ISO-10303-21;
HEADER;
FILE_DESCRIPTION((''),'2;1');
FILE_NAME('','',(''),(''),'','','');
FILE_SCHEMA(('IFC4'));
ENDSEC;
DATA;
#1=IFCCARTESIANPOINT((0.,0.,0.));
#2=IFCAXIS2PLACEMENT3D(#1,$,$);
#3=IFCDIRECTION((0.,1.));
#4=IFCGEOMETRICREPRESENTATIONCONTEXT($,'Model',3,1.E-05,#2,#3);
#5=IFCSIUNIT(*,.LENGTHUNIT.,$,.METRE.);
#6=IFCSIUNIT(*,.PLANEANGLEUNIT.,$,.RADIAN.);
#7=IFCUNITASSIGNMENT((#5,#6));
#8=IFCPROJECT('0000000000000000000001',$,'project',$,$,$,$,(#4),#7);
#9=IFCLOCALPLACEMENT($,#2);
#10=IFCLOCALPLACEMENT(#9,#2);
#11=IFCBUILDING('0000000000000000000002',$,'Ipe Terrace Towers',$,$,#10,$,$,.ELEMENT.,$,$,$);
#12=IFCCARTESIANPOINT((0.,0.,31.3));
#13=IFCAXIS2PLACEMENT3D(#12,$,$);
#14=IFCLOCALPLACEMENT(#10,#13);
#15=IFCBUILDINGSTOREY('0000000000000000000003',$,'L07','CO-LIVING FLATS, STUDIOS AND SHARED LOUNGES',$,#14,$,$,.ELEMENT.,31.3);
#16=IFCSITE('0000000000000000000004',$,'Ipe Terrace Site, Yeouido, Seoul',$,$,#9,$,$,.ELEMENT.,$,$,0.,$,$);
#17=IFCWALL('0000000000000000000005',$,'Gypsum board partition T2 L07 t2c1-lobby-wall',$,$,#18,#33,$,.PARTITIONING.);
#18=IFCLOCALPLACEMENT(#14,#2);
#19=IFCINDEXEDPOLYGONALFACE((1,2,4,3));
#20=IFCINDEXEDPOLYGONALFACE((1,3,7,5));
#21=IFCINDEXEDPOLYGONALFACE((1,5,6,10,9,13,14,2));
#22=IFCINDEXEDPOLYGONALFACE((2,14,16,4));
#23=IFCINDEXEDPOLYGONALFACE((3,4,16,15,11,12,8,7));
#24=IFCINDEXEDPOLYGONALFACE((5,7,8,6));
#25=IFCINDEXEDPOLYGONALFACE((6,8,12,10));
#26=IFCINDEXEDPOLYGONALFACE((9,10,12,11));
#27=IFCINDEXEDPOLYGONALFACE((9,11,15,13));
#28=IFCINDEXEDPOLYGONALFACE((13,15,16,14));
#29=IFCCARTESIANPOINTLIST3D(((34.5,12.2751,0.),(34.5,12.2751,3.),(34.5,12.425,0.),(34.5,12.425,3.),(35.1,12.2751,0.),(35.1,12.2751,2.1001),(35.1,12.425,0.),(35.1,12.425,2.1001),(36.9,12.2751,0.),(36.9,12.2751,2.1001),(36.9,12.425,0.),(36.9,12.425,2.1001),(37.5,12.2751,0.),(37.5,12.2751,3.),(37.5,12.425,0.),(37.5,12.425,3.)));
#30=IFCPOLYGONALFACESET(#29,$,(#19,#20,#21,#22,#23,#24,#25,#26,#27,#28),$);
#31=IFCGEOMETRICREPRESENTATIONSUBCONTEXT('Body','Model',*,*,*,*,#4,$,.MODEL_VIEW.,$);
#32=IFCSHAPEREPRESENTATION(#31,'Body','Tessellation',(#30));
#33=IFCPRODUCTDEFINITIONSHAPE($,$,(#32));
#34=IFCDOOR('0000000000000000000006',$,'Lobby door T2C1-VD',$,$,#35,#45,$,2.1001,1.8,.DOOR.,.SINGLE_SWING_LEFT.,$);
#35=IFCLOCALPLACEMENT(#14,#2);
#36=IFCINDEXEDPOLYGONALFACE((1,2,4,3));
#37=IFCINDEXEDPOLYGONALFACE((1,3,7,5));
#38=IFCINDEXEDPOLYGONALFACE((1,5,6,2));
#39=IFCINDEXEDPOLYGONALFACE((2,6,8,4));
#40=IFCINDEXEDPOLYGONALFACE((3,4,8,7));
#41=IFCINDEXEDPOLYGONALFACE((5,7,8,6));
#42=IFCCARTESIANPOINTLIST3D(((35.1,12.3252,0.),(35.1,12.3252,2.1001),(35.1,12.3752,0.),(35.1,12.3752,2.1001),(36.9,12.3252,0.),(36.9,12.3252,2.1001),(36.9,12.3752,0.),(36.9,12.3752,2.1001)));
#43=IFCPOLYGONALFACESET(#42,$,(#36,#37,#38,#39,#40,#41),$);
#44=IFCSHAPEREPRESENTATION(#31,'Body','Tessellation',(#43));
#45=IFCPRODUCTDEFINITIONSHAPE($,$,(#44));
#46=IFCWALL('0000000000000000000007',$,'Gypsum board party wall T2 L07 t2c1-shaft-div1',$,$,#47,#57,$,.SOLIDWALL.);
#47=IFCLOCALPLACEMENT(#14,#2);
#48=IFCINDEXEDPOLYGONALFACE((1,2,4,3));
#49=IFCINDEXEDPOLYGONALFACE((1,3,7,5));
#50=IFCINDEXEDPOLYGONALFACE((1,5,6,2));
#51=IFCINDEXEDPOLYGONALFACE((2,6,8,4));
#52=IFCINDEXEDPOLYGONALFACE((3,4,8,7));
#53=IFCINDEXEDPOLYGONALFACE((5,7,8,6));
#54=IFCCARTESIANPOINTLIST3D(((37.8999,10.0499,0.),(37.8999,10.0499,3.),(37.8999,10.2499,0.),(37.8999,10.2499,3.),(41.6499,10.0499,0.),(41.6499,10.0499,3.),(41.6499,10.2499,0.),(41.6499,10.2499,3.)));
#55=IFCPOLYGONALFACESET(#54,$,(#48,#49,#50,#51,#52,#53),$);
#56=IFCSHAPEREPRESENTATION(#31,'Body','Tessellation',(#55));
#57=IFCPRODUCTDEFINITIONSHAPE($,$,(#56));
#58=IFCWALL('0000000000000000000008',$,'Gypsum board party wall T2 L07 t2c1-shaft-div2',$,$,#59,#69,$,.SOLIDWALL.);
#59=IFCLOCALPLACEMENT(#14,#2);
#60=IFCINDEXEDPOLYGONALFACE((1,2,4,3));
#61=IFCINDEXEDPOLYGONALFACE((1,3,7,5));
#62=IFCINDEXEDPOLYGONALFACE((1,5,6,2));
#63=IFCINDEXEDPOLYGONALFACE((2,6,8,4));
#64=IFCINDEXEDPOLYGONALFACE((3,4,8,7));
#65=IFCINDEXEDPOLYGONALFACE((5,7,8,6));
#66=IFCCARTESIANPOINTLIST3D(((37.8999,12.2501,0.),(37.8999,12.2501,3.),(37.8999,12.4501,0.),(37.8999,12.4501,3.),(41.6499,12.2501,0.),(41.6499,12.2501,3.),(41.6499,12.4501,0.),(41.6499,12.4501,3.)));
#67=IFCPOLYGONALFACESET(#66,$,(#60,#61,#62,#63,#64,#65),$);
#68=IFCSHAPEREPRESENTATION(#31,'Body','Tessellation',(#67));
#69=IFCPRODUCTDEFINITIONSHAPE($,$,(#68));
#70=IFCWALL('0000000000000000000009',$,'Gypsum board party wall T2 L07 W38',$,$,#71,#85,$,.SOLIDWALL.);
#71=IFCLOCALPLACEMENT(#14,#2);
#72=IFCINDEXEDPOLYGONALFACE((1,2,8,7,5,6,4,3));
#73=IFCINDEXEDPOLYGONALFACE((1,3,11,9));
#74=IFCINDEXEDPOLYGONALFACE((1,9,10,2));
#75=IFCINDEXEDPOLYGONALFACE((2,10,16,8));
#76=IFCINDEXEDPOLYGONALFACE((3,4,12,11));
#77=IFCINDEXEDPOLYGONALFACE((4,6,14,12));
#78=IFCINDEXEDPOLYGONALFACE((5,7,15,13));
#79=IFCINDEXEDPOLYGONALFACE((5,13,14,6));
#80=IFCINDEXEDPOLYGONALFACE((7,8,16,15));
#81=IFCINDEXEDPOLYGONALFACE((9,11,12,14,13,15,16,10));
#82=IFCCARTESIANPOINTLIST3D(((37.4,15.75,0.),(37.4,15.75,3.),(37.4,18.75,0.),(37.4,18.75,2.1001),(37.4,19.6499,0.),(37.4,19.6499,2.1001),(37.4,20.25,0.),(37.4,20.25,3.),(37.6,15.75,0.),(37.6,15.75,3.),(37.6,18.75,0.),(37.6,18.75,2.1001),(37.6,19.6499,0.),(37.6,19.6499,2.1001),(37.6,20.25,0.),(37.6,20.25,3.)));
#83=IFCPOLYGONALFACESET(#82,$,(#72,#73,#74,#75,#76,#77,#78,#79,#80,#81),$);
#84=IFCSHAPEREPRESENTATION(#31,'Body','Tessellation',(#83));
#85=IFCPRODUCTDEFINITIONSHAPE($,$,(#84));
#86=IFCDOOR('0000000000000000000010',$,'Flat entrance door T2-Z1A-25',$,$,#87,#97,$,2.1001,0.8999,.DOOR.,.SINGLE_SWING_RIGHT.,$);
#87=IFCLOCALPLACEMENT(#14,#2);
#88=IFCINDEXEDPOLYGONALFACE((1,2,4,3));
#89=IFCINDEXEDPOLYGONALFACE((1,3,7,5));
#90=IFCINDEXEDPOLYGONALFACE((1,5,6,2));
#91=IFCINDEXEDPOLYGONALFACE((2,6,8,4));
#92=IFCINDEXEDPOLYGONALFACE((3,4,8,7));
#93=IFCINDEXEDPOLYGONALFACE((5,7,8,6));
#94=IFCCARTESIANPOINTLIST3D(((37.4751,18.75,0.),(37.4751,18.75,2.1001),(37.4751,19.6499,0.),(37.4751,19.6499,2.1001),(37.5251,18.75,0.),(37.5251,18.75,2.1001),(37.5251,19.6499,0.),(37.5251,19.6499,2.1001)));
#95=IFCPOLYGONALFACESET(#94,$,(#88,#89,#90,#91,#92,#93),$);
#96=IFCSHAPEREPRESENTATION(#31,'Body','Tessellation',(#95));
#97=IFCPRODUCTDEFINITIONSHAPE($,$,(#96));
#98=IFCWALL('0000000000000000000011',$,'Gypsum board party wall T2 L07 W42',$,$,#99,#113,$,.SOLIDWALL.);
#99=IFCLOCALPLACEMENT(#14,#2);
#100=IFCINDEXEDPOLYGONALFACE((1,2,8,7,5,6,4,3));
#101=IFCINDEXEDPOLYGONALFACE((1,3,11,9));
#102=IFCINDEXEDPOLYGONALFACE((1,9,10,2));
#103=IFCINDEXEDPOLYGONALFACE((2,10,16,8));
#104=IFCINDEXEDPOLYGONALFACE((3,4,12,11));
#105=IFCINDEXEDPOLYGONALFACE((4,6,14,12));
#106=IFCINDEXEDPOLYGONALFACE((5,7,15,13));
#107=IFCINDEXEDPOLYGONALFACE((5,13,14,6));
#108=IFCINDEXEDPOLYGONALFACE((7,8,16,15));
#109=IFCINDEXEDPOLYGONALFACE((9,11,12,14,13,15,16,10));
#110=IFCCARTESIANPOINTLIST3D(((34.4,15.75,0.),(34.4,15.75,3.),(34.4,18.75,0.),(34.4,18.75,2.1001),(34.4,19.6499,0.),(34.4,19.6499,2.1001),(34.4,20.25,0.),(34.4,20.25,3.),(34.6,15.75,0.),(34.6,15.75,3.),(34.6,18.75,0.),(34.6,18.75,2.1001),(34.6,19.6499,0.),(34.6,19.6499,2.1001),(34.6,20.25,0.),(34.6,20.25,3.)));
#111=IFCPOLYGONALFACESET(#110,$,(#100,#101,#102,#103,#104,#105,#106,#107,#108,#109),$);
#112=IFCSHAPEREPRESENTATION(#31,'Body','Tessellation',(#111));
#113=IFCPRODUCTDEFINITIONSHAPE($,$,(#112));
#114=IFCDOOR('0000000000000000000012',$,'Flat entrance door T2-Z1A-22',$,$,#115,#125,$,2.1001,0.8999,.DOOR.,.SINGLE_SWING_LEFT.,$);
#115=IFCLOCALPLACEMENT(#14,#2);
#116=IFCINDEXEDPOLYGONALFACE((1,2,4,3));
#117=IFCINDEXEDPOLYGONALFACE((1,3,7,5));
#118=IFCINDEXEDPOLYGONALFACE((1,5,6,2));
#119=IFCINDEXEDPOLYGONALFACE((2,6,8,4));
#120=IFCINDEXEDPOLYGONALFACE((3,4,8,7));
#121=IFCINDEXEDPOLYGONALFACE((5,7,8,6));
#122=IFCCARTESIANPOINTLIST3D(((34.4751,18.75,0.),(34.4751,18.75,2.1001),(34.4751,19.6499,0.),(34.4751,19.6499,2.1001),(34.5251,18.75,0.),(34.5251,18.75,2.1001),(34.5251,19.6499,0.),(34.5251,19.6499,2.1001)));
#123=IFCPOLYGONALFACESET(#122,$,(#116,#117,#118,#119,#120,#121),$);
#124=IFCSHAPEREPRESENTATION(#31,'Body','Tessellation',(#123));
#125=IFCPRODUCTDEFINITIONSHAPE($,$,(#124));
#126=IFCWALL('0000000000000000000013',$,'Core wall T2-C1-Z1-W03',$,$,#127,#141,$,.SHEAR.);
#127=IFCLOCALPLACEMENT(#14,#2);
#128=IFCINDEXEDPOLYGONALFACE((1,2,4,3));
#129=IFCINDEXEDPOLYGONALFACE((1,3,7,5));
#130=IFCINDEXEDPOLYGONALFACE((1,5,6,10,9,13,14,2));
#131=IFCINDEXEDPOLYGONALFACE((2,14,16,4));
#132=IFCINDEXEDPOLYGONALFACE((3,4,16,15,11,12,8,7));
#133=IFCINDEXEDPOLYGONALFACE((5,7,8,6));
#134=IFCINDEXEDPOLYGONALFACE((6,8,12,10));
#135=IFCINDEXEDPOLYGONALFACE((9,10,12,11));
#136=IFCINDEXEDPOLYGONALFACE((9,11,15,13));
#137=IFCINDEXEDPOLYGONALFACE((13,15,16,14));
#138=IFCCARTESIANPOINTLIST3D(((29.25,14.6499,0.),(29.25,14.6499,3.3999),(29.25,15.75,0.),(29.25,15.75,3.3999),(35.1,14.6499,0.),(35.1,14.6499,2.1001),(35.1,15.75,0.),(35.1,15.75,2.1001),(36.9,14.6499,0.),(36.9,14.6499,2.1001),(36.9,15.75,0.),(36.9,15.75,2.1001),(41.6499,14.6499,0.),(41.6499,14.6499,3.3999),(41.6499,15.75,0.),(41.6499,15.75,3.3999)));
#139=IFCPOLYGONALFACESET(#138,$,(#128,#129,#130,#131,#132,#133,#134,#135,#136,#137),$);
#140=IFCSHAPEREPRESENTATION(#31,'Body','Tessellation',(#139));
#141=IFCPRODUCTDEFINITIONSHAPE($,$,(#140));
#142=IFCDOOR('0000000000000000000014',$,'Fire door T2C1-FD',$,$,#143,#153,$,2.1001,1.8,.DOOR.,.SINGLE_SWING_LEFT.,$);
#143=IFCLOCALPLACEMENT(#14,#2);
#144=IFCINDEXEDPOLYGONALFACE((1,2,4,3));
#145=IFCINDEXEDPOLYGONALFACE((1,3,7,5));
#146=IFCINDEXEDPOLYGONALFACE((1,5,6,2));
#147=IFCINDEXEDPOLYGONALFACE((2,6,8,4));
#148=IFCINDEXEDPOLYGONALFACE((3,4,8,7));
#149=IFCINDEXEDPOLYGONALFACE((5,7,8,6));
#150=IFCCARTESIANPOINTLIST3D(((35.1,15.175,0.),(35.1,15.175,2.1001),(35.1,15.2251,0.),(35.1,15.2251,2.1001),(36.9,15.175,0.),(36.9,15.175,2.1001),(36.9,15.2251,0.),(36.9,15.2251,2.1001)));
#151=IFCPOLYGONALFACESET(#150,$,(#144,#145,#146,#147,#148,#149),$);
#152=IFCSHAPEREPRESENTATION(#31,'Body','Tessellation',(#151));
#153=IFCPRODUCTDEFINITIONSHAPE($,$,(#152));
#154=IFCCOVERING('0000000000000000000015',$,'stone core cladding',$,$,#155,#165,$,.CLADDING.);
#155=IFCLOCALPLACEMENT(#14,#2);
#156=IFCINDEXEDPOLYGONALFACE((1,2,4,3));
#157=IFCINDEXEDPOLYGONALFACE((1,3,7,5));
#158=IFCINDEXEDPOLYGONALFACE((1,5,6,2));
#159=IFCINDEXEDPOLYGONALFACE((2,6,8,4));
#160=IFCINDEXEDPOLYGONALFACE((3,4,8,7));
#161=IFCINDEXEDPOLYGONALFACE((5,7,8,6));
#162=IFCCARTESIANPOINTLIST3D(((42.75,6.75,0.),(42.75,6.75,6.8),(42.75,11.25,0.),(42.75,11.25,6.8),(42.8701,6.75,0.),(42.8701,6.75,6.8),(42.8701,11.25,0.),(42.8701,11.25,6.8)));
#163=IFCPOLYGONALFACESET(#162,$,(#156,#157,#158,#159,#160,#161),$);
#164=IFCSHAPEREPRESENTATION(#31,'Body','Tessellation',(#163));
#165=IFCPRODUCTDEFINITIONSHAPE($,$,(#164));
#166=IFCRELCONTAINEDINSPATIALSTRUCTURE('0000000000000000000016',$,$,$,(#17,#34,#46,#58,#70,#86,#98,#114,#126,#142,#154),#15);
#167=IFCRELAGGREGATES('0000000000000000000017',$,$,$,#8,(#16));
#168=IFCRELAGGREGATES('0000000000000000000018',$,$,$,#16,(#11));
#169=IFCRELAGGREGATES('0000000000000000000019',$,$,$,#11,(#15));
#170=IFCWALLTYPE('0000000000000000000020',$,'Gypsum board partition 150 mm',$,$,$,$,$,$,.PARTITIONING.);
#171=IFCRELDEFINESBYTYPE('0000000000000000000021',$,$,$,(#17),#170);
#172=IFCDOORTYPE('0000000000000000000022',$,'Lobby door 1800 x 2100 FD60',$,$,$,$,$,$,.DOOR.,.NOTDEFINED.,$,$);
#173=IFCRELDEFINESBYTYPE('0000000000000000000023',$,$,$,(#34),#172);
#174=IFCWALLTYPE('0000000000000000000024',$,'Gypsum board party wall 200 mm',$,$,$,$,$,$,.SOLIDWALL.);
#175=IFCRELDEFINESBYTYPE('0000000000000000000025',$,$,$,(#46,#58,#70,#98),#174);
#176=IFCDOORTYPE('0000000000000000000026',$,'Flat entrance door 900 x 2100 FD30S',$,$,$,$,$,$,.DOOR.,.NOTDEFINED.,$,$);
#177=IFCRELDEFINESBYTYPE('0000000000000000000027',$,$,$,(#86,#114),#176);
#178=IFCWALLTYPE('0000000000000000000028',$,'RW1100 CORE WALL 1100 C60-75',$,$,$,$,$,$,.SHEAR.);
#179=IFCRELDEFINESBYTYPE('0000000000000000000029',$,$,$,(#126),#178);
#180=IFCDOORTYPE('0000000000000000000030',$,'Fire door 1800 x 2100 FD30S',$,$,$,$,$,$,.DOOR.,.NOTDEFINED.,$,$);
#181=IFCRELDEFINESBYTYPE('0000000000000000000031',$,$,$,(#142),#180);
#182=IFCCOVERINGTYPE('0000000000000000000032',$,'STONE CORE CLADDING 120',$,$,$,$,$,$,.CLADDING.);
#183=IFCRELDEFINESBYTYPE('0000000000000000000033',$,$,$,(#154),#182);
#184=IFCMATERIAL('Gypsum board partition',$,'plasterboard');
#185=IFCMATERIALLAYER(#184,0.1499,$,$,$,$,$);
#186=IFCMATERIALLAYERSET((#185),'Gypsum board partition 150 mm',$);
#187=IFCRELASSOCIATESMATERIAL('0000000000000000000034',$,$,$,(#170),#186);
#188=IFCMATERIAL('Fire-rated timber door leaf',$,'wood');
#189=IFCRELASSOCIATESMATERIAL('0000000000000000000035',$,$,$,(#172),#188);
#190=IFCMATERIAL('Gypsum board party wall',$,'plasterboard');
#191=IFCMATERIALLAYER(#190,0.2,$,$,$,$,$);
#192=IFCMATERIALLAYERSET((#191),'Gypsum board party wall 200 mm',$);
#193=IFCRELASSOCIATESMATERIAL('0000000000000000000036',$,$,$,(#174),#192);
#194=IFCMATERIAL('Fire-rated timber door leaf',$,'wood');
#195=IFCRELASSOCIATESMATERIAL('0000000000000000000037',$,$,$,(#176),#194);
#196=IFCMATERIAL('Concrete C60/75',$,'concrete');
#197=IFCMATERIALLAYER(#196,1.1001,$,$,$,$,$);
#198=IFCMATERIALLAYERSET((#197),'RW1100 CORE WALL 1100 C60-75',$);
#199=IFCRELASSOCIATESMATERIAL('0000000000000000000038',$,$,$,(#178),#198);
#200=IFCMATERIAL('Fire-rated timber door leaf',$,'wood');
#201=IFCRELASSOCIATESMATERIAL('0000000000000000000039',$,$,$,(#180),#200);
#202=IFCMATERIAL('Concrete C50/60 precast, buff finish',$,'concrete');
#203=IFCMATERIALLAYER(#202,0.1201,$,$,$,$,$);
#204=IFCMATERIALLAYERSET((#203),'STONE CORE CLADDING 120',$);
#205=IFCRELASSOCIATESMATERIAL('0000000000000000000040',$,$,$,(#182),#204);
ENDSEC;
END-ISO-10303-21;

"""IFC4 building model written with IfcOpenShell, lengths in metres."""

from ifc_helpers import new_model, si_unit, direction, frame, frame_2d, origin, origin_2d, place, context, subcontext, project, spatial, rectangle, extrude, material, layer, layer_set, type_object, element, fill, save


model = new_model("IFC4")

# Units and contexts
model_context = context("Model", 3, precision=1e-05, world=origin(), true_north=direction((0.0, 1.0)))
body_context = subcontext(model_context, "Body", "Model", "MODEL_VIEW")
ifc_project = project(units=[si_unit("LENGTHUNIT", "METRE"), si_unit("PLANEANGLEUNIT", "RADIAN")], contexts=[model_context])

# Site, building, storey
site_placement = place(None, origin())
site = spatial("IfcSite", under=ifc_project, at=site_placement, Name="Ipe Terrace Site, Yeouido, Seoul", CompositionType="ELEMENT", RefElevation=0.0)
building_placement = place(site_placement, origin())
building = spatial("IfcBuilding", under=site, at=building_placement, Name="Ipe Terrace Towers", CompositionType="ELEMENT")
storey_placement = place(building_placement, frame((0.0, 0.0, 31.3)))
storey = spatial("IfcBuildingStorey", under=building, at=storey_placement, Name="L07", Description="CO-LIVING FLATS, STUDIOS AND SHARED LOUNGES", CompositionType="ELEMENT", Elevation=31.3)

# Wall, opening, door
ifc_material_1 = material(Name="Gypsum board partition", Category="plasterboard")
ifc_layer_1 = layer(ifc_material_1, 0.1499)
ifc_layer_set_1 = layer_set([ifc_layer_1], Name="Gypsum board partition 150 mm")
wall_type_1 = type_object("IfcWallType", Name="Gypsum board partition 150 mm", PredefinedType="PARTITIONING", material=ifc_layer_set_1)
wall_1_placement = place(storey_placement, frame((37.5, 12.3501, 0.0), z_axis=(0.0, 0.0, 1.0), x_axis=(-1.0, 0.0, 0.0)))
wall_1 = element("IfcWall", 1, at=wall_1_placement, inside=storey, type_object=wall_type_1, Name="Gypsum board partition T2 L07 t2c1-lobby-wall", PredefinedType="PARTITIONING", context=body_context, shape_type="SweptSolid", body=[
    extrude(rectangle(XDim=3.0, YDim=0.1499, at=frame_2d((1.5, 0.0))), origin(), (0.0, 0.0, 1.0), 3.0),
])
opening_1_placement = place(wall_1_placement, frame((0.6001, 0.0, 0.0)))
opening_1 = element("IfcOpeningElement", 2, at=opening_1_placement, cuts=wall_1, PredefinedType="OPENING", context=body_context, shape_type="SweptSolid", body=[
    extrude(rectangle(XDim=1.8, YDim=2.1001, at=frame_2d((0.8999, 1.05))), frame((0.0, 0.085, 0.0), z_axis=(0.0, -1.0, 0.0), x_axis=(1.0, 0.0, 0.0)), (0.0, 0.0, 1.0), 0.1699),
])
ifc_material_2 = material(Name="Fire-rated timber door leaf", Category="wood")
door_type_1 = type_object("IfcDoorType", Name="Lobby door 1800 x 2100 FD60", OperationType="NOTDEFINED", PredefinedType="DOOR", material=ifc_material_2)
door_1_placement = place(opening_1_placement, origin())
door_1 = element("IfcDoor", 3, at=door_1_placement, inside=storey, type_object=door_type_1, Name="Lobby door T2C1-VD", OperationType="SINGLE_SWING_LEFT", OverallHeight=2.1001, OverallWidth=1.8, PredefinedType="DOOR", context=body_context, shape_type="SweptSolid", body=[
    extrude(rectangle(XDim=1.8, YDim=2.1001, at=frame_2d((0.8999, 1.05))), frame((0.0, 0.0249, 0.0), z_axis=(0.0, -1.0, 0.0), x_axis=(1.0, 0.0, 0.0)), (0.0, 0.0, 1.0), 0.05),
])
fill(opening_1, door_1)

# Walls
ifc_material_3 = material(Name="Gypsum board party wall", Category="plasterboard")
ifc_layer_2 = layer(ifc_material_3, 0.2)
ifc_layer_set_2 = layer_set([ifc_layer_2], Name="Gypsum board party wall 200 mm")
wall_type_2 = type_object("IfcWallType", Name="Gypsum board party wall 200 mm", PredefinedType="SOLIDWALL", material=ifc_layer_set_2)
for number, where, z_axis, x_axis, name in (
    (4, (41.6499, 10.1499, 0.0), (0.0, 0.0, 1.0), (-1.0, 0.0, 0.0), "Gypsum board party wall T2 L07 t2c1-shaft-div1"),
    (5, (41.6499, 12.3501, 0.0), (0.0, 0.0, 1.0), (-1.0, 0.0, 0.0), "Gypsum board party wall T2 L07 t2c1-shaft-div2"),
):
    element("IfcWall", number, at=place(storey_placement, frame(where, z_axis=z_axis, x_axis=x_axis)), inside=storey, type_object=wall_type_2, Name=name, PredefinedType="SOLIDWALL", context=body_context, shape_type="SweptSolid", body=[
        extrude(rectangle(XDim=3.75, YDim=0.2, at=frame_2d((1.875, 0.0))), origin(), (0.0, 0.0, 1.0), 3.0),
    ])

# Walls, openings, doors
wall_2_placement = place(storey_placement, frame((37.5, 15.75, 0.0), z_axis=(0.0, 0.0, 1.0), x_axis=(0.0, 1.0, 0.0)))
wall_2 = element("IfcWall", 6, at=wall_2_placement, inside=storey, type_object=wall_type_2, Name="Gypsum board party wall T2 L07 W38", PredefinedType="SOLIDWALL", context=body_context, shape_type="SweptSolid", body=[
    extrude(rectangle(XDim=4.5, YDim=0.2, at=frame_2d((2.25, 0.0))), origin(), (0.0, 0.0, 1.0), 3.0),
])
opening_2_placement = place(wall_2_placement, frame((3.0, 0.0, 0.0)))
opening_2 = element("IfcOpeningElement", 7, at=opening_2_placement, cuts=wall_2, PredefinedType="OPENING", context=body_context, shape_type="SweptSolid", body=[
    extrude(rectangle(XDim=0.8999, YDim=2.1001, at=frame_2d((0.45, 1.05))), frame((0.0, 0.1099, 0.0), z_axis=(0.0, -1.0, 0.0), x_axis=(1.0, 0.0, 0.0)), (0.0, 0.0, 1.0), 0.22),
])
ifc_material_4 = material(Name="Fire-rated timber door leaf", Category="wood")
door_type_2 = type_object("IfcDoorType", Name="Flat entrance door 900 x 2100 FD30S", OperationType="NOTDEFINED", PredefinedType="DOOR", material=ifc_material_4)
door_2_placement = place(opening_2_placement, origin())
door_2 = element("IfcDoor", 8, at=door_2_placement, inside=storey, type_object=door_type_2, Name="Flat entrance door T2-Z1A-25", OperationType="SINGLE_SWING_RIGHT", OverallHeight=2.1001, OverallWidth=0.8999, PredefinedType="DOOR", context=body_context, shape_type="SweptSolid", body=[
    extrude(rectangle(XDim=0.8999, YDim=2.1001, at=frame_2d((0.45, 1.05))), frame((0.0, 0.0249, 0.0), z_axis=(0.0, -1.0, 0.0), x_axis=(1.0, 0.0, 0.0)), (0.0, 0.0, 1.0), 0.05),
])
fill(opening_2, door_2)
wall_3_placement = place(storey_placement, frame((34.5, 15.75, 0.0), z_axis=(0.0, 0.0, 1.0), x_axis=(0.0, 1.0, 0.0)))
wall_3 = element("IfcWall", 9, at=wall_3_placement, inside=storey, type_object=wall_type_2, Name="Gypsum board party wall T2 L07 W42", PredefinedType="SOLIDWALL", context=body_context, shape_type="SweptSolid", body=[
    extrude(rectangle(XDim=4.5, YDim=0.2, at=frame_2d((2.25, 0.0))), origin(), (0.0, 0.0, 1.0), 3.0),
])
opening_3_placement = place(wall_3_placement, frame((3.0, 0.0, 0.0)))
opening_3 = element("IfcOpeningElement", 10, at=opening_3_placement, cuts=wall_3, PredefinedType="OPENING", context=body_context, shape_type="SweptSolid", body=[
    extrude(rectangle(XDim=0.8999, YDim=2.1001, at=frame_2d((0.45, 1.05))), frame((0.0, 0.1099, 0.0), z_axis=(0.0, -1.0, 0.0), x_axis=(1.0, 0.0, 0.0)), (0.0, 0.0, 1.0), 0.22),
])
door_3_placement = place(opening_3_placement, origin())
door_3 = element("IfcDoor", 11, at=door_3_placement, inside=storey, type_object=door_type_2, Name="Flat entrance door T2-Z1A-22", OperationType="SINGLE_SWING_LEFT", OverallHeight=2.1001, OverallWidth=0.8999, PredefinedType="DOOR", context=body_context, shape_type="SweptSolid", body=[
    extrude(rectangle(XDim=0.8999, YDim=2.1001, at=frame_2d((0.45, 1.05))), frame((0.0, 0.0249, 0.0), z_axis=(0.0, -1.0, 0.0), x_axis=(1.0, 0.0, 0.0)), (0.0, 0.0, 1.0), 0.05),
])
fill(opening_3, door_3)
ifc_material_5 = material(Name="Concrete C60/75", Category="concrete")
ifc_layer_3 = layer(ifc_material_5, 1.1001)
ifc_layer_set_3 = layer_set([ifc_layer_3], Name="RW1100 CORE WALL 1100 C60-75")
wall_type_3 = type_object("IfcWallType", Name="RW1100 CORE WALL 1100 C60-75", PredefinedType="SHEAR", material=ifc_layer_set_3)
wall_4_placement = place(storey_placement, frame((41.6499, 15.2, 0.0), z_axis=(0.0, 0.0, 1.0), x_axis=(-1.0, 0.0, 0.0)))
wall_4 = element("IfcWall", 12, at=wall_4_placement, inside=storey, type_object=wall_type_3, Name="Core wall T2-C1-Z1-W03", PredefinedType="SHEAR", context=body_context, shape_type="SweptSolid", body=[
    extrude(rectangle(XDim=12.3999, YDim=1.1001, at=frame_2d((6.2, 0.0))), origin(), (0.0, 0.0, 1.0), 3.3999),
])
opening_4_placement = place(wall_4_placement, frame((4.75, 0.0, 0.0)))
opening_4 = element("IfcOpeningElement", 13, at=opening_4_placement, cuts=wall_4, PredefinedType="OPENING", context=body_context, shape_type="SweptSolid", body=[
    extrude(rectangle(XDim=1.8, YDim=2.1001, at=frame_2d((0.8999, 1.05))), frame((0.0, 0.5601, 0.0), z_axis=(0.0, -1.0, 0.0), x_axis=(1.0, 0.0, 0.0)), (0.0, 0.0, 1.0), 1.1201),
])
ifc_material_6 = material(Name="Fire-rated timber door leaf", Category="wood")
door_type_3 = type_object("IfcDoorType", Name="Fire door 1800 x 2100 FD30S", OperationType="NOTDEFINED", PredefinedType="DOOR", material=ifc_material_6)
door_4_placement = place(opening_4_placement, origin())
door_4 = element("IfcDoor", 14, at=door_4_placement, inside=storey, type_object=door_type_3, Name="Fire door T2C1-FD", OperationType="SINGLE_SWING_LEFT", OverallHeight=2.1001, OverallWidth=1.8, PredefinedType="DOOR", context=body_context, shape_type="SweptSolid", body=[
    extrude(rectangle(XDim=1.8, YDim=2.1001, at=frame_2d((0.8999, 1.05))), frame((0.0, 0.0249, 0.0), z_axis=(0.0, -1.0, 0.0), x_axis=(1.0, 0.0, 0.0)), (0.0, 0.0, 1.0), 0.05),
])
fill(opening_4, door_4)

# Covering
ifc_material_7 = material(Name="Concrete C50/60 precast, buff finish", Category="concrete")
ifc_layer_4 = layer(ifc_material_7, 0.1201)
ifc_layer_set_4 = layer_set([ifc_layer_4], Name="STONE CORE CLADDING 120")
covering_type_1 = type_object("IfcCoveringType", Name="STONE CORE CLADDING 120", PredefinedType="CLADDING", material=ifc_layer_set_4)
covering_1_placement = place(storey_placement, frame((42.8101, 9.0, 0.0), z_axis=(0.0, 0.0, 1.0), x_axis=(0.0, 1.0, 0.0)))
element("IfcCovering", 15, at=covering_1_placement, inside=storey, type_object=covering_type_1, Name="stone core cladding", PredefinedType="CLADDING", context=body_context, shape_type="SweptSolid", body=[
    extrude(rectangle(XDim=4.5, YDim=0.1201, at=origin_2d()), origin(), (0.0, 0.0, 1.0), 6.8),
])

save(model, "model.ifc")
